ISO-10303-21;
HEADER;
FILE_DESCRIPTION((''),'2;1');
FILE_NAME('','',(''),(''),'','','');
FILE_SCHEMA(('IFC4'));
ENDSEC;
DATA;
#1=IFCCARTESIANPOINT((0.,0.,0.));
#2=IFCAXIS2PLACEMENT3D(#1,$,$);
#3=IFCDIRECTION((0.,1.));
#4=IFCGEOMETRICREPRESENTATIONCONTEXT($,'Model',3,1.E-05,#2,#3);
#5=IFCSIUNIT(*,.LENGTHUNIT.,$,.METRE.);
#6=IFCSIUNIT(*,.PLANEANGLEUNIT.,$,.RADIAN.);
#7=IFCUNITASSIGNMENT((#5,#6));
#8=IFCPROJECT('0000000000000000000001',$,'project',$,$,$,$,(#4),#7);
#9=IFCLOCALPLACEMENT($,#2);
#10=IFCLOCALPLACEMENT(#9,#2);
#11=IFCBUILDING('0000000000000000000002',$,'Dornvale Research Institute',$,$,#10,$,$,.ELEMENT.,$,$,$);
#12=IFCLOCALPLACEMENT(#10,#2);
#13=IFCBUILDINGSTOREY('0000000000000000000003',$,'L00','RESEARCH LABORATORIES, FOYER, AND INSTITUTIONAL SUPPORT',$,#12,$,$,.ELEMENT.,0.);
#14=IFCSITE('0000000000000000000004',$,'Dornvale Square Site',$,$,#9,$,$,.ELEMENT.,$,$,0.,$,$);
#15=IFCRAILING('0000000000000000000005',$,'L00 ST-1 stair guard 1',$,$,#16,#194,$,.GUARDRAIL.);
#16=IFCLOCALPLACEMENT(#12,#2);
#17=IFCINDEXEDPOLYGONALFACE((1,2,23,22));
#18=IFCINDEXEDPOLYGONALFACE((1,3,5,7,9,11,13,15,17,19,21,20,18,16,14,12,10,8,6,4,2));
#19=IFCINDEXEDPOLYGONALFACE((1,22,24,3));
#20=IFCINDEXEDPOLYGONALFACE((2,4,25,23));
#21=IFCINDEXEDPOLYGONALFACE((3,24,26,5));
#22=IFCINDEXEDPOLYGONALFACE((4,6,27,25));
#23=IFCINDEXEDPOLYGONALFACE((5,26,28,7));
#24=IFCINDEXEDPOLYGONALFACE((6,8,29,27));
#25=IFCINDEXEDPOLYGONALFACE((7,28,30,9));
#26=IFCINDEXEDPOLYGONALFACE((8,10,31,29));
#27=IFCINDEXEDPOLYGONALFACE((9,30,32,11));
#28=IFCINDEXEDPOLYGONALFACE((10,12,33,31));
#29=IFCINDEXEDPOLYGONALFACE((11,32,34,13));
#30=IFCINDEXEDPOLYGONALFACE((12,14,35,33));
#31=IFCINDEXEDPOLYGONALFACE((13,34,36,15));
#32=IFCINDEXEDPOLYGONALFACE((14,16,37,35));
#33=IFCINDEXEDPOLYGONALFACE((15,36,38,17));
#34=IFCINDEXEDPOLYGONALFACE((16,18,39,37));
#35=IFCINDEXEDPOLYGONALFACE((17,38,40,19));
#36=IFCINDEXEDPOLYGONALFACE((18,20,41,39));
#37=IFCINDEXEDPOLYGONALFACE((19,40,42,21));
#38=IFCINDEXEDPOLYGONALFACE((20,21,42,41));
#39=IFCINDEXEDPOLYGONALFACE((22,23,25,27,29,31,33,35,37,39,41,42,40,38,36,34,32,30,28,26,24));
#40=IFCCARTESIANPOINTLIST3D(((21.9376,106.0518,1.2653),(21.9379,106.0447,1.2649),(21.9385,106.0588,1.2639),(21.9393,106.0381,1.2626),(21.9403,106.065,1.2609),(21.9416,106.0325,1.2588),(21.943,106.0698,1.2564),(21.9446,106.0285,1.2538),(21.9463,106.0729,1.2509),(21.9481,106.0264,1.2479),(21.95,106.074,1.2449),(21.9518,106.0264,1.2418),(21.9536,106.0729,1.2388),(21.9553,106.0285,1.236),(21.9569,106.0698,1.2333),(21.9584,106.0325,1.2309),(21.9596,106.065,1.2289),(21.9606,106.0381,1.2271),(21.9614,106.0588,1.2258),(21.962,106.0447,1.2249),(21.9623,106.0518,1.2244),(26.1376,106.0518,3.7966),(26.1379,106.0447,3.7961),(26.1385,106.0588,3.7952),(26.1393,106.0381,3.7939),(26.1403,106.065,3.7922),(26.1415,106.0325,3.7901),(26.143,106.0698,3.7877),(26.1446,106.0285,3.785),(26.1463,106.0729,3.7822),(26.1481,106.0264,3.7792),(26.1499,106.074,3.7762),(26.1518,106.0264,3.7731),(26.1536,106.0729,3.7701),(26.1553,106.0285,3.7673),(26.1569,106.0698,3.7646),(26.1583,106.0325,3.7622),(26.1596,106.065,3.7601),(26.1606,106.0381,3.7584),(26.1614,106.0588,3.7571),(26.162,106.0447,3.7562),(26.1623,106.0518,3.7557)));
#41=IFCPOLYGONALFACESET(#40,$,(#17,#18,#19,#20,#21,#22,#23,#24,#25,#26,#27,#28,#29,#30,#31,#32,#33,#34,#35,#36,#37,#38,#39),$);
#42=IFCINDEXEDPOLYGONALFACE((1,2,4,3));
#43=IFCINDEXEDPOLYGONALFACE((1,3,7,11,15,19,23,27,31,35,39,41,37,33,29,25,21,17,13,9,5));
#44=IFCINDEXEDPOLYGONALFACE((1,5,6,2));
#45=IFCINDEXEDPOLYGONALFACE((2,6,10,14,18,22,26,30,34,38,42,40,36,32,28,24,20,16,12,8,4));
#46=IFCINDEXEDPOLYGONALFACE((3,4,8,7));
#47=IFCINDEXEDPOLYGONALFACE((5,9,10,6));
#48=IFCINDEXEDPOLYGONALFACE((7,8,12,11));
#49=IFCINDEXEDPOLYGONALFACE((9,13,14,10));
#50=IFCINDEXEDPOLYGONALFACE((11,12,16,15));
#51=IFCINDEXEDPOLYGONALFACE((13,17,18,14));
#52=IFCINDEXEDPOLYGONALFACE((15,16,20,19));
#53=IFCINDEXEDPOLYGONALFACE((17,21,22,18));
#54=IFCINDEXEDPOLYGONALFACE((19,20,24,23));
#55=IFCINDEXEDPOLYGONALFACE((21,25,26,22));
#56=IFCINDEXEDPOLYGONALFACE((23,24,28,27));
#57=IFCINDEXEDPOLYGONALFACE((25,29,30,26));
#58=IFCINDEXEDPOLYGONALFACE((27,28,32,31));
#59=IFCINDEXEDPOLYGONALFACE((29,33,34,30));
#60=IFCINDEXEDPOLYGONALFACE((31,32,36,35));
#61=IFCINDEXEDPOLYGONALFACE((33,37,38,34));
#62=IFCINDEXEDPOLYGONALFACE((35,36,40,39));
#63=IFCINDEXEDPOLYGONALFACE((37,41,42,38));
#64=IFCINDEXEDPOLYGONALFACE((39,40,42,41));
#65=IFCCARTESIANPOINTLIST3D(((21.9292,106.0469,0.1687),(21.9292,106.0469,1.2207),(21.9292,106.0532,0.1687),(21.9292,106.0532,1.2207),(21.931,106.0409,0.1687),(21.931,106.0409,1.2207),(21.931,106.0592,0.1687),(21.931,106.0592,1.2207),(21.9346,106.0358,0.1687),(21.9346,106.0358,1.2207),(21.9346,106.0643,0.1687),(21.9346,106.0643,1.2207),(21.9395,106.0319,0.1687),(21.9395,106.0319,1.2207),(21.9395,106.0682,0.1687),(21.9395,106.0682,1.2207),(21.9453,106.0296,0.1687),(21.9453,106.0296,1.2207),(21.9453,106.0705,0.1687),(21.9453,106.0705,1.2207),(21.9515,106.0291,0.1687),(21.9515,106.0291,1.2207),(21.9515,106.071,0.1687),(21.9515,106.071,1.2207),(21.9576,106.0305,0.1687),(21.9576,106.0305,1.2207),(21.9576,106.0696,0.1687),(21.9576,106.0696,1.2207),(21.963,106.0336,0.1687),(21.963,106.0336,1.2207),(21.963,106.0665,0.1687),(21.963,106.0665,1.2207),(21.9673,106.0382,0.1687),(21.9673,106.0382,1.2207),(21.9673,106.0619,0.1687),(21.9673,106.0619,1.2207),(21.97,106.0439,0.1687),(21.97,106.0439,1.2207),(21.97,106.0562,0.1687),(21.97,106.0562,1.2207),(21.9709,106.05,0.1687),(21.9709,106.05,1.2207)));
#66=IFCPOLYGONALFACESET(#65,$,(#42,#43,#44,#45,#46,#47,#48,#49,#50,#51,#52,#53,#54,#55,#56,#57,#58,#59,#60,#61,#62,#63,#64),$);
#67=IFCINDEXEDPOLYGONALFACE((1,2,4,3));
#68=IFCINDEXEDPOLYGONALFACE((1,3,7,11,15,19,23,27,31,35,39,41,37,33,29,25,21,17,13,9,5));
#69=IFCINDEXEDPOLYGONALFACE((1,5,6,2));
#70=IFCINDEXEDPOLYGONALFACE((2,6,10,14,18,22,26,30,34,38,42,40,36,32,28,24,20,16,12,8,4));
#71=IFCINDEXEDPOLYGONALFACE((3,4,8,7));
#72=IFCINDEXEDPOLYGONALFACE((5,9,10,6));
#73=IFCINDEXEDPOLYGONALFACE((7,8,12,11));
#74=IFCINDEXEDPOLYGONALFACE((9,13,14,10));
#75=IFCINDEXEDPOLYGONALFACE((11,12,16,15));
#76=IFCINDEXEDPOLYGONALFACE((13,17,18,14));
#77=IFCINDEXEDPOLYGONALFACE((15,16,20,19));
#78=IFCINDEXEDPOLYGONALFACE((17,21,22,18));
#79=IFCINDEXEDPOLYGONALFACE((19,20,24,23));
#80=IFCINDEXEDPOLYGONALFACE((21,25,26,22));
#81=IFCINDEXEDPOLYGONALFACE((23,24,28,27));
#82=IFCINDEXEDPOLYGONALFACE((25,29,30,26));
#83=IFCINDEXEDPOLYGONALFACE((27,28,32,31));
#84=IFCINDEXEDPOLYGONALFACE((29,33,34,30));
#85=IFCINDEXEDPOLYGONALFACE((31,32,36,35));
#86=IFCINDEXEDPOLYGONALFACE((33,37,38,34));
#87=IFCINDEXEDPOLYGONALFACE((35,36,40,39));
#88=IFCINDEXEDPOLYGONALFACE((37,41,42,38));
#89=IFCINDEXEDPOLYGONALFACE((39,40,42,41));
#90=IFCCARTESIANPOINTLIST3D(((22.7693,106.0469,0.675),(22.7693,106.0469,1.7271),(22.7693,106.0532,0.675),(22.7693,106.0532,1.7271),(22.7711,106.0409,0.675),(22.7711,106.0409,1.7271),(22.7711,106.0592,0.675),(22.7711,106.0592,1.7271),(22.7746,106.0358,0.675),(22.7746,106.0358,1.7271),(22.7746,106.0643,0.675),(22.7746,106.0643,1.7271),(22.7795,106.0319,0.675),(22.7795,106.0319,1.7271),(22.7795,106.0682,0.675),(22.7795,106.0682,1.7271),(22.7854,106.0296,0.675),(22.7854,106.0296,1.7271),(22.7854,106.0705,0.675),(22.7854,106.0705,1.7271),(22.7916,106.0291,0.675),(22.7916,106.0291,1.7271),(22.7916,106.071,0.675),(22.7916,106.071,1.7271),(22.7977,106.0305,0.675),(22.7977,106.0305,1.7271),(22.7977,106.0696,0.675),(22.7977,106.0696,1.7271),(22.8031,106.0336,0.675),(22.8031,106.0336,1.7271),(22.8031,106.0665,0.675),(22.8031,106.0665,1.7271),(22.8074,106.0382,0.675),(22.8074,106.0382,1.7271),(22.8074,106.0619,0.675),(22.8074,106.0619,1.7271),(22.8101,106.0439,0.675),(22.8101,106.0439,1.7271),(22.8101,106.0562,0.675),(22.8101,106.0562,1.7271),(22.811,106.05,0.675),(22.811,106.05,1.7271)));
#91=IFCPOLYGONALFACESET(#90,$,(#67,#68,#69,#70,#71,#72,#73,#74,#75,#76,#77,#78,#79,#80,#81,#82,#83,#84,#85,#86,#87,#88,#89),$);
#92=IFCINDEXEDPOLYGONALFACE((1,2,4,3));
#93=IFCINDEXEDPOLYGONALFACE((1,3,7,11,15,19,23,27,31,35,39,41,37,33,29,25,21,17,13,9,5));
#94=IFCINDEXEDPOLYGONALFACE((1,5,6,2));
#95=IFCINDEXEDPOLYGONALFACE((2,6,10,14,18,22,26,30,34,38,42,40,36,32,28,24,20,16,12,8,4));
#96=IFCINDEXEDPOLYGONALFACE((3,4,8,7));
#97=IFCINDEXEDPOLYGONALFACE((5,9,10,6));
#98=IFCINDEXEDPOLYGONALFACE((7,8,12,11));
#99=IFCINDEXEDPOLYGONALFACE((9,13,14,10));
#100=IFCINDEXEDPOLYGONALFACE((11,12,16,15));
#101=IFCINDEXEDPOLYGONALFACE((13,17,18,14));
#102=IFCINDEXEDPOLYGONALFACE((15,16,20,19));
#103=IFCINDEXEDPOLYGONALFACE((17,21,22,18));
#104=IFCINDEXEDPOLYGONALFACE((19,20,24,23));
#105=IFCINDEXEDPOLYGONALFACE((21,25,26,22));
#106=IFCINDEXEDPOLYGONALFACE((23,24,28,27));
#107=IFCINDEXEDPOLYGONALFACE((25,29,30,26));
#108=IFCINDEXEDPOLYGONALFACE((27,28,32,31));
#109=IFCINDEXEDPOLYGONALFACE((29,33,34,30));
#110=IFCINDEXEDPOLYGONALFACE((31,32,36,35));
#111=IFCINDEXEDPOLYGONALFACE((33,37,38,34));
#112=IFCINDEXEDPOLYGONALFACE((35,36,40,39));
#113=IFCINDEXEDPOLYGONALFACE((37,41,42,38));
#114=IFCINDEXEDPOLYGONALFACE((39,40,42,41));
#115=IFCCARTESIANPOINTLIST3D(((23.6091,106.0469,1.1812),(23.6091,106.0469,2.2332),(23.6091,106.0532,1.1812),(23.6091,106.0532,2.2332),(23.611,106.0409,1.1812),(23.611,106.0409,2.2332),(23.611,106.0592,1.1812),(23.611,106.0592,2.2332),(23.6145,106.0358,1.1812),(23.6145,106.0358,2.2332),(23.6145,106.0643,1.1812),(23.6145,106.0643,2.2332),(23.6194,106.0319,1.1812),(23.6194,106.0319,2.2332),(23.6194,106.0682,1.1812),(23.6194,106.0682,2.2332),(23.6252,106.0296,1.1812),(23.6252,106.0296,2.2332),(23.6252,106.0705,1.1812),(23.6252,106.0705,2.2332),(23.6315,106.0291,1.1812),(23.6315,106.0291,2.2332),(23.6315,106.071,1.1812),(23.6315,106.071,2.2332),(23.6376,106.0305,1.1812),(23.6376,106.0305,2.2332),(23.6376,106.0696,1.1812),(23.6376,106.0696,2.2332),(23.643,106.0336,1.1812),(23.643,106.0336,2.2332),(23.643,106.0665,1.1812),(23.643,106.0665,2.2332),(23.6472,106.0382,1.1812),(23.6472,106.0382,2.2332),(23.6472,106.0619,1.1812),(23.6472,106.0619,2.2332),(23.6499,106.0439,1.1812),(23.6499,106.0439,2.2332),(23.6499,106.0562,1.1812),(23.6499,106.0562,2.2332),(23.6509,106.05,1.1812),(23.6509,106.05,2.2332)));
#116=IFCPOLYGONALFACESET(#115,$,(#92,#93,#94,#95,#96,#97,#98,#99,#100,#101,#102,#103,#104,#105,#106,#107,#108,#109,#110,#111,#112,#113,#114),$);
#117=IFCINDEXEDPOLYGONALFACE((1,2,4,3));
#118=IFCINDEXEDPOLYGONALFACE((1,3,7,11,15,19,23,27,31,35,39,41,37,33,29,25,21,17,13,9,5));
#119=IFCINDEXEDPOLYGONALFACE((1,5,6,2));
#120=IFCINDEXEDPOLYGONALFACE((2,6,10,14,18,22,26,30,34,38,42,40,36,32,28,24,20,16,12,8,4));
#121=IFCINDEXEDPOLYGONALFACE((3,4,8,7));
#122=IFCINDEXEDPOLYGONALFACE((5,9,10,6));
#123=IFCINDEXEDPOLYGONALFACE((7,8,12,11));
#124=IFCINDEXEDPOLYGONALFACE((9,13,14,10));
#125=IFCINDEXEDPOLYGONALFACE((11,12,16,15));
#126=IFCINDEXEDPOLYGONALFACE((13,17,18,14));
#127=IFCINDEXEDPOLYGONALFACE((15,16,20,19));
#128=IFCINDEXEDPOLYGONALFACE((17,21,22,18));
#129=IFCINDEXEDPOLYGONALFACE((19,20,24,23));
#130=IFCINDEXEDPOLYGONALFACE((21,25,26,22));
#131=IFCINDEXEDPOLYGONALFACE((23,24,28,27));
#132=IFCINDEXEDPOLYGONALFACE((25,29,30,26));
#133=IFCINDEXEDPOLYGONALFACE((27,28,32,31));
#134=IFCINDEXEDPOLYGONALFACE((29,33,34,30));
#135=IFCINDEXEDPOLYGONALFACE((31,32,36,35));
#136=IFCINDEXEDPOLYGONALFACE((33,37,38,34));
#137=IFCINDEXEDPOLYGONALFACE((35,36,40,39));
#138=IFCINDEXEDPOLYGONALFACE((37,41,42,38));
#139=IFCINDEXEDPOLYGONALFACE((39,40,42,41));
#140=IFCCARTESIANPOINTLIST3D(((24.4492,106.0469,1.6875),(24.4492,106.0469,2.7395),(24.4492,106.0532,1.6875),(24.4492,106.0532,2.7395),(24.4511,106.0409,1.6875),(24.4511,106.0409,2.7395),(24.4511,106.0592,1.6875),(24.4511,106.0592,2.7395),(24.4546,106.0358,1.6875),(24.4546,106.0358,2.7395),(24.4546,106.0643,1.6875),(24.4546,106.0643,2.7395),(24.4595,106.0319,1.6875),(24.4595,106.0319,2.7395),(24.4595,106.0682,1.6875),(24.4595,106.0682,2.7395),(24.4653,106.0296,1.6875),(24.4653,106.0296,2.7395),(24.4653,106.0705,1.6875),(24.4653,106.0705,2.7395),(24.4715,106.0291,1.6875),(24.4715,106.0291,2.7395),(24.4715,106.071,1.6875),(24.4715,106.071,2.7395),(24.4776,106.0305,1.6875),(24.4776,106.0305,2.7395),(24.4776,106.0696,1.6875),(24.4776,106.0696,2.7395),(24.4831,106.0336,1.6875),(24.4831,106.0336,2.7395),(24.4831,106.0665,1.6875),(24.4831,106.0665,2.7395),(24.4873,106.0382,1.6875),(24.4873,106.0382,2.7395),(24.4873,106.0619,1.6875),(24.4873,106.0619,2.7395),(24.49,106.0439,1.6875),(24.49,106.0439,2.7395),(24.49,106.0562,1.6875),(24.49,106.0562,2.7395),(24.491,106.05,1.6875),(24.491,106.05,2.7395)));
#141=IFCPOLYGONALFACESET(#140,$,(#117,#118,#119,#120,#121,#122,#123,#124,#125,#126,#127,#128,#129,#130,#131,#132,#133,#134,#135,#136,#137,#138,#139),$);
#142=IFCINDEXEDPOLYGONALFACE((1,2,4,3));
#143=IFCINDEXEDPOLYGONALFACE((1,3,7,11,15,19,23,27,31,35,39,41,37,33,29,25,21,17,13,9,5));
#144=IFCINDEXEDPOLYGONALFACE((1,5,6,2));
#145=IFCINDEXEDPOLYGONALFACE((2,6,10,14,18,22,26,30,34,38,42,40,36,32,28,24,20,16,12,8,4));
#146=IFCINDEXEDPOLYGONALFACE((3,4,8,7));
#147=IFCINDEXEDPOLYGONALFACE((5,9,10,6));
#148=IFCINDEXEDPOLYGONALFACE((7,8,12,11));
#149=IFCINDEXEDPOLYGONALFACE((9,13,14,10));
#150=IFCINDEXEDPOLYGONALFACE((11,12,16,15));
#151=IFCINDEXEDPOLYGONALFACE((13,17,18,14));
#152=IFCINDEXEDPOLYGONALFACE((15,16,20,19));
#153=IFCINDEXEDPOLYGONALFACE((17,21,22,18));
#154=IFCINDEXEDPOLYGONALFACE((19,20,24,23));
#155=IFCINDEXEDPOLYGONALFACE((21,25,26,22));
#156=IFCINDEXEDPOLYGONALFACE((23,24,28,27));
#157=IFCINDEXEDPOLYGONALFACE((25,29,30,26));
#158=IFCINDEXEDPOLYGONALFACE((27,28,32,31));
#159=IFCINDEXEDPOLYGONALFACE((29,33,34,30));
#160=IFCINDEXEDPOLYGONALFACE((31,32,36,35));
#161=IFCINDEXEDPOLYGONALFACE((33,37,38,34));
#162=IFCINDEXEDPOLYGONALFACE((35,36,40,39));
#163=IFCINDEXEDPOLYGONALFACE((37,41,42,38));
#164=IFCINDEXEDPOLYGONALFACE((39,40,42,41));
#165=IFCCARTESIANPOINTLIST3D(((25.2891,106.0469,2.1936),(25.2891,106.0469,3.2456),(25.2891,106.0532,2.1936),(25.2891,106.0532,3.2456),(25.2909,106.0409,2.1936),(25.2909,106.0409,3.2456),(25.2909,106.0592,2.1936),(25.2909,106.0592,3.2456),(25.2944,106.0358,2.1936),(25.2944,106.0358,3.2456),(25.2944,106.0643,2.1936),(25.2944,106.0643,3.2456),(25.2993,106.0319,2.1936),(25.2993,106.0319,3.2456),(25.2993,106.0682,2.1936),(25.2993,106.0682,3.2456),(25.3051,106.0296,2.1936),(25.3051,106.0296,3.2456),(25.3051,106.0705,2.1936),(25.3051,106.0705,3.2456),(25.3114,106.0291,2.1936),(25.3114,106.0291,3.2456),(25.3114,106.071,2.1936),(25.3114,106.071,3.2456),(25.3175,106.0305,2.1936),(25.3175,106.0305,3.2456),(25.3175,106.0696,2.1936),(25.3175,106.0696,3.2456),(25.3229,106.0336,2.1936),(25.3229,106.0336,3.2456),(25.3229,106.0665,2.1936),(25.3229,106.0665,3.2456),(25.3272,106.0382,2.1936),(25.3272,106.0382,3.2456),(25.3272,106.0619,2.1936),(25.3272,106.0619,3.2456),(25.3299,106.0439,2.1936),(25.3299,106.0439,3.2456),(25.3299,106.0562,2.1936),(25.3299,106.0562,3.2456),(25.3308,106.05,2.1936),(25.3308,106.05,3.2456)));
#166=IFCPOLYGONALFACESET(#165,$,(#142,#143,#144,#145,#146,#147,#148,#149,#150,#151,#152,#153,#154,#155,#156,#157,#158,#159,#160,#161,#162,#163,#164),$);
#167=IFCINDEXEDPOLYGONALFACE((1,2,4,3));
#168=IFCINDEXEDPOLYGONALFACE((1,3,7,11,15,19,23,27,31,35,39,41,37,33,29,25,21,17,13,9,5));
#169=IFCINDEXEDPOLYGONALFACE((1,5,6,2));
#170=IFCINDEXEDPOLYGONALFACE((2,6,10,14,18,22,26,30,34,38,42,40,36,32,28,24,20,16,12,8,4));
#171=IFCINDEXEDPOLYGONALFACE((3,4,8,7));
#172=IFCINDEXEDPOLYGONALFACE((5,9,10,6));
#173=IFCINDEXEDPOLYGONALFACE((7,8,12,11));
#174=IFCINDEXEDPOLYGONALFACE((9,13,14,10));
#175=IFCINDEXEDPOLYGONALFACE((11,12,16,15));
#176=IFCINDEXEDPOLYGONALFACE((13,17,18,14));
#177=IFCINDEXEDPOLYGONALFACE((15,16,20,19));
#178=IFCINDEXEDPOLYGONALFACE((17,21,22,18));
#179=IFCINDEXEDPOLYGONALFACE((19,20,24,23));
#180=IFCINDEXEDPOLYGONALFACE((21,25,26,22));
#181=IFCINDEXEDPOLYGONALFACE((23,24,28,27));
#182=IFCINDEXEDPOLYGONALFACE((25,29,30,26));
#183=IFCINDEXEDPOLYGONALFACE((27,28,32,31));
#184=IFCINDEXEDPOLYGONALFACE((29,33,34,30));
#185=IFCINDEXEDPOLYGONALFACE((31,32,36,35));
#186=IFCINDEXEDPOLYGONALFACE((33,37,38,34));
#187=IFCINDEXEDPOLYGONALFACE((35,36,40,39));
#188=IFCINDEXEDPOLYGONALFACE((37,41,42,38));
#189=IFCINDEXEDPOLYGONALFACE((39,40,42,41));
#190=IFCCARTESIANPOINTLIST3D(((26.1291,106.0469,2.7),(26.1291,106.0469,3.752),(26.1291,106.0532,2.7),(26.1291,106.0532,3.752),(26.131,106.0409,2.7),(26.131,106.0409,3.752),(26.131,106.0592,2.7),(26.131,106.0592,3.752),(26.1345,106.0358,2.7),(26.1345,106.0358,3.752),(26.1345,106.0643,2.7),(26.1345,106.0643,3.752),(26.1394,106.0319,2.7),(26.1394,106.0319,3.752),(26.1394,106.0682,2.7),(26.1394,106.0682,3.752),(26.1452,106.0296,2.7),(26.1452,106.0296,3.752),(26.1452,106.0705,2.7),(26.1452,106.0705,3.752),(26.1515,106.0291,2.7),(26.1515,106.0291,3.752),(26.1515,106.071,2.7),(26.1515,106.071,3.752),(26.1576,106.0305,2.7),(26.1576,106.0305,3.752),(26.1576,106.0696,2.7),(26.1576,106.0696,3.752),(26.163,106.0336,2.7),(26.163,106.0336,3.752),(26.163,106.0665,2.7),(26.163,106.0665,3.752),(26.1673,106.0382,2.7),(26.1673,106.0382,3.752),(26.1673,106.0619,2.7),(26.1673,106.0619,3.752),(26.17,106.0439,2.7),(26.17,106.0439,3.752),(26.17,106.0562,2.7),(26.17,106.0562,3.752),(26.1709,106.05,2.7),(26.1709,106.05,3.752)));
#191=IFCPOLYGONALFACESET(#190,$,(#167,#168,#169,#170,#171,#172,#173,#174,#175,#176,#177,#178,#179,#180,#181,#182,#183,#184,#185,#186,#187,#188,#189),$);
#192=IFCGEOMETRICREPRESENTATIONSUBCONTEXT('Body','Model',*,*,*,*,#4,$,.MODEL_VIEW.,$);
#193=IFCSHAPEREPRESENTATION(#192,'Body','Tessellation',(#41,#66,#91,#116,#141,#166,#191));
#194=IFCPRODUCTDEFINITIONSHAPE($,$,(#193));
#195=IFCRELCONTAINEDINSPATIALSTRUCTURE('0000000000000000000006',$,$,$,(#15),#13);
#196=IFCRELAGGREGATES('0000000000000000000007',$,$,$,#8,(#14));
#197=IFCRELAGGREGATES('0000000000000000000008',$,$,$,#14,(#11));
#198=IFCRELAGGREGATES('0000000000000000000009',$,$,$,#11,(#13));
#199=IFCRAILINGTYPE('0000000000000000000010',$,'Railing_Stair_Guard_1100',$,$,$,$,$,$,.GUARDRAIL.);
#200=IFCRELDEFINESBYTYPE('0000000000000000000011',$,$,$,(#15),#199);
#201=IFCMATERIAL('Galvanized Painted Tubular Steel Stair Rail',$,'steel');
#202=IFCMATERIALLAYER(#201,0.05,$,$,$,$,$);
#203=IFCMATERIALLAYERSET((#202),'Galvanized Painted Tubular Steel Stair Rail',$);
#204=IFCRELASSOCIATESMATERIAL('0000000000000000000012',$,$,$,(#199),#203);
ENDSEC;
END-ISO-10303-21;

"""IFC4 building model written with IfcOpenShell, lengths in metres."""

from ifc_helpers import new_model, si_unit, direction, frame, origin, origin_2d, place, context, subcontext, project, spatial, circle, extrude, material, layer, layer_set, type_object, element, save


model = new_model("IFC4")

# Units and contexts
model_context = context("Model", 3, precision=1e-05, world=origin(), true_north=direction((0.0, 1.0)))
body_context = subcontext(model_context, "Body", "Model", "MODEL_VIEW")
ifc_project = project(units=[si_unit("LENGTHUNIT", "METRE"), si_unit("PLANEANGLEUNIT", "RADIAN")], contexts=[model_context])

# Site, building, storey
site_placement = place(None, origin())
site = spatial("IfcSite", under=ifc_project, at=site_placement, Name="Dornvale Square Site", CompositionType="ELEMENT", RefElevation=0.0)
building_placement = place(site_placement, origin())
building = spatial("IfcBuilding", under=site, at=building_placement, Name="Dornvale Research Institute", CompositionType="ELEMENT")
storey_placement = place(building_placement, origin())
storey = spatial("IfcBuildingStorey", under=building, at=storey_placement, Name="L00", Description="RESEARCH LABORATORIES, FOYER, AND INSTITUTIONAL SUPPORT", CompositionType="ELEMENT", Elevation=0.0)

# Railing
ifc_material_1 = material(Name="Galvanized Painted Tubular Steel Stair Rail", Category="steel")
ifc_layer_1 = layer(ifc_material_1, 0.05)
ifc_layer_set_1 = layer_set([ifc_layer_1], Name="Galvanized Painted Tubular Steel Stair Rail")
railing_type_1 = type_object("IfcRailingType", Name="Railing_Stair_Guard_1100", PredefinedType="GUARDRAIL", material=ifc_layer_set_1)
railing_1_placement = place(storey_placement, frame((21.95, 106.05, 0.1687)))
element("IfcRailing", 1, at=railing_1_placement, inside=storey, type_object=railing_type_1, Name="L00 ST-1 stair guard 1", PredefinedType="GUARDRAIL", context=body_context, shape_type="SweptSolid", body=[
    extrude(circle(Radius=0.0239, at=origin_2d()), frame((0.0, 0.0, 1.0762), z_axis=(0.856476, 0.0, 0.516186), x_axis=(0.0, 1.0, 0.0)), (0.0, 0.0, 1.0), 4.9038),
    extrude(circle(Radius=0.021, at=origin_2d()), origin(), (0.0, 0.0, 1.0), 1.052),
    extrude(circle(Radius=0.021, at=origin_2d()), frame((0.8401, 0.0, 0.5063)), (0.0, 0.0, 1.0), 1.052),
    extrude(circle(Radius=0.021, at=origin_2d()), frame((1.6799, 0.0, 1.0125)), (0.0, 0.0, 1.0), 1.052),
    extrude(circle(Radius=0.021, at=origin_2d()), frame((2.52, 0.0, 1.5188)), (0.0, 0.0, 1.0), 1.052),
    extrude(circle(Radius=0.021, at=origin_2d()), frame((3.3599, 0.0, 2.0249)), (0.0, 0.0, 1.0), 1.052),
    extrude(circle(Radius=0.021, at=origin_2d()), frame((4.2, 0.0, 2.5312)), (0.0, 0.0, 1.0), 1.052),
])

save(model, "model.ifc")
